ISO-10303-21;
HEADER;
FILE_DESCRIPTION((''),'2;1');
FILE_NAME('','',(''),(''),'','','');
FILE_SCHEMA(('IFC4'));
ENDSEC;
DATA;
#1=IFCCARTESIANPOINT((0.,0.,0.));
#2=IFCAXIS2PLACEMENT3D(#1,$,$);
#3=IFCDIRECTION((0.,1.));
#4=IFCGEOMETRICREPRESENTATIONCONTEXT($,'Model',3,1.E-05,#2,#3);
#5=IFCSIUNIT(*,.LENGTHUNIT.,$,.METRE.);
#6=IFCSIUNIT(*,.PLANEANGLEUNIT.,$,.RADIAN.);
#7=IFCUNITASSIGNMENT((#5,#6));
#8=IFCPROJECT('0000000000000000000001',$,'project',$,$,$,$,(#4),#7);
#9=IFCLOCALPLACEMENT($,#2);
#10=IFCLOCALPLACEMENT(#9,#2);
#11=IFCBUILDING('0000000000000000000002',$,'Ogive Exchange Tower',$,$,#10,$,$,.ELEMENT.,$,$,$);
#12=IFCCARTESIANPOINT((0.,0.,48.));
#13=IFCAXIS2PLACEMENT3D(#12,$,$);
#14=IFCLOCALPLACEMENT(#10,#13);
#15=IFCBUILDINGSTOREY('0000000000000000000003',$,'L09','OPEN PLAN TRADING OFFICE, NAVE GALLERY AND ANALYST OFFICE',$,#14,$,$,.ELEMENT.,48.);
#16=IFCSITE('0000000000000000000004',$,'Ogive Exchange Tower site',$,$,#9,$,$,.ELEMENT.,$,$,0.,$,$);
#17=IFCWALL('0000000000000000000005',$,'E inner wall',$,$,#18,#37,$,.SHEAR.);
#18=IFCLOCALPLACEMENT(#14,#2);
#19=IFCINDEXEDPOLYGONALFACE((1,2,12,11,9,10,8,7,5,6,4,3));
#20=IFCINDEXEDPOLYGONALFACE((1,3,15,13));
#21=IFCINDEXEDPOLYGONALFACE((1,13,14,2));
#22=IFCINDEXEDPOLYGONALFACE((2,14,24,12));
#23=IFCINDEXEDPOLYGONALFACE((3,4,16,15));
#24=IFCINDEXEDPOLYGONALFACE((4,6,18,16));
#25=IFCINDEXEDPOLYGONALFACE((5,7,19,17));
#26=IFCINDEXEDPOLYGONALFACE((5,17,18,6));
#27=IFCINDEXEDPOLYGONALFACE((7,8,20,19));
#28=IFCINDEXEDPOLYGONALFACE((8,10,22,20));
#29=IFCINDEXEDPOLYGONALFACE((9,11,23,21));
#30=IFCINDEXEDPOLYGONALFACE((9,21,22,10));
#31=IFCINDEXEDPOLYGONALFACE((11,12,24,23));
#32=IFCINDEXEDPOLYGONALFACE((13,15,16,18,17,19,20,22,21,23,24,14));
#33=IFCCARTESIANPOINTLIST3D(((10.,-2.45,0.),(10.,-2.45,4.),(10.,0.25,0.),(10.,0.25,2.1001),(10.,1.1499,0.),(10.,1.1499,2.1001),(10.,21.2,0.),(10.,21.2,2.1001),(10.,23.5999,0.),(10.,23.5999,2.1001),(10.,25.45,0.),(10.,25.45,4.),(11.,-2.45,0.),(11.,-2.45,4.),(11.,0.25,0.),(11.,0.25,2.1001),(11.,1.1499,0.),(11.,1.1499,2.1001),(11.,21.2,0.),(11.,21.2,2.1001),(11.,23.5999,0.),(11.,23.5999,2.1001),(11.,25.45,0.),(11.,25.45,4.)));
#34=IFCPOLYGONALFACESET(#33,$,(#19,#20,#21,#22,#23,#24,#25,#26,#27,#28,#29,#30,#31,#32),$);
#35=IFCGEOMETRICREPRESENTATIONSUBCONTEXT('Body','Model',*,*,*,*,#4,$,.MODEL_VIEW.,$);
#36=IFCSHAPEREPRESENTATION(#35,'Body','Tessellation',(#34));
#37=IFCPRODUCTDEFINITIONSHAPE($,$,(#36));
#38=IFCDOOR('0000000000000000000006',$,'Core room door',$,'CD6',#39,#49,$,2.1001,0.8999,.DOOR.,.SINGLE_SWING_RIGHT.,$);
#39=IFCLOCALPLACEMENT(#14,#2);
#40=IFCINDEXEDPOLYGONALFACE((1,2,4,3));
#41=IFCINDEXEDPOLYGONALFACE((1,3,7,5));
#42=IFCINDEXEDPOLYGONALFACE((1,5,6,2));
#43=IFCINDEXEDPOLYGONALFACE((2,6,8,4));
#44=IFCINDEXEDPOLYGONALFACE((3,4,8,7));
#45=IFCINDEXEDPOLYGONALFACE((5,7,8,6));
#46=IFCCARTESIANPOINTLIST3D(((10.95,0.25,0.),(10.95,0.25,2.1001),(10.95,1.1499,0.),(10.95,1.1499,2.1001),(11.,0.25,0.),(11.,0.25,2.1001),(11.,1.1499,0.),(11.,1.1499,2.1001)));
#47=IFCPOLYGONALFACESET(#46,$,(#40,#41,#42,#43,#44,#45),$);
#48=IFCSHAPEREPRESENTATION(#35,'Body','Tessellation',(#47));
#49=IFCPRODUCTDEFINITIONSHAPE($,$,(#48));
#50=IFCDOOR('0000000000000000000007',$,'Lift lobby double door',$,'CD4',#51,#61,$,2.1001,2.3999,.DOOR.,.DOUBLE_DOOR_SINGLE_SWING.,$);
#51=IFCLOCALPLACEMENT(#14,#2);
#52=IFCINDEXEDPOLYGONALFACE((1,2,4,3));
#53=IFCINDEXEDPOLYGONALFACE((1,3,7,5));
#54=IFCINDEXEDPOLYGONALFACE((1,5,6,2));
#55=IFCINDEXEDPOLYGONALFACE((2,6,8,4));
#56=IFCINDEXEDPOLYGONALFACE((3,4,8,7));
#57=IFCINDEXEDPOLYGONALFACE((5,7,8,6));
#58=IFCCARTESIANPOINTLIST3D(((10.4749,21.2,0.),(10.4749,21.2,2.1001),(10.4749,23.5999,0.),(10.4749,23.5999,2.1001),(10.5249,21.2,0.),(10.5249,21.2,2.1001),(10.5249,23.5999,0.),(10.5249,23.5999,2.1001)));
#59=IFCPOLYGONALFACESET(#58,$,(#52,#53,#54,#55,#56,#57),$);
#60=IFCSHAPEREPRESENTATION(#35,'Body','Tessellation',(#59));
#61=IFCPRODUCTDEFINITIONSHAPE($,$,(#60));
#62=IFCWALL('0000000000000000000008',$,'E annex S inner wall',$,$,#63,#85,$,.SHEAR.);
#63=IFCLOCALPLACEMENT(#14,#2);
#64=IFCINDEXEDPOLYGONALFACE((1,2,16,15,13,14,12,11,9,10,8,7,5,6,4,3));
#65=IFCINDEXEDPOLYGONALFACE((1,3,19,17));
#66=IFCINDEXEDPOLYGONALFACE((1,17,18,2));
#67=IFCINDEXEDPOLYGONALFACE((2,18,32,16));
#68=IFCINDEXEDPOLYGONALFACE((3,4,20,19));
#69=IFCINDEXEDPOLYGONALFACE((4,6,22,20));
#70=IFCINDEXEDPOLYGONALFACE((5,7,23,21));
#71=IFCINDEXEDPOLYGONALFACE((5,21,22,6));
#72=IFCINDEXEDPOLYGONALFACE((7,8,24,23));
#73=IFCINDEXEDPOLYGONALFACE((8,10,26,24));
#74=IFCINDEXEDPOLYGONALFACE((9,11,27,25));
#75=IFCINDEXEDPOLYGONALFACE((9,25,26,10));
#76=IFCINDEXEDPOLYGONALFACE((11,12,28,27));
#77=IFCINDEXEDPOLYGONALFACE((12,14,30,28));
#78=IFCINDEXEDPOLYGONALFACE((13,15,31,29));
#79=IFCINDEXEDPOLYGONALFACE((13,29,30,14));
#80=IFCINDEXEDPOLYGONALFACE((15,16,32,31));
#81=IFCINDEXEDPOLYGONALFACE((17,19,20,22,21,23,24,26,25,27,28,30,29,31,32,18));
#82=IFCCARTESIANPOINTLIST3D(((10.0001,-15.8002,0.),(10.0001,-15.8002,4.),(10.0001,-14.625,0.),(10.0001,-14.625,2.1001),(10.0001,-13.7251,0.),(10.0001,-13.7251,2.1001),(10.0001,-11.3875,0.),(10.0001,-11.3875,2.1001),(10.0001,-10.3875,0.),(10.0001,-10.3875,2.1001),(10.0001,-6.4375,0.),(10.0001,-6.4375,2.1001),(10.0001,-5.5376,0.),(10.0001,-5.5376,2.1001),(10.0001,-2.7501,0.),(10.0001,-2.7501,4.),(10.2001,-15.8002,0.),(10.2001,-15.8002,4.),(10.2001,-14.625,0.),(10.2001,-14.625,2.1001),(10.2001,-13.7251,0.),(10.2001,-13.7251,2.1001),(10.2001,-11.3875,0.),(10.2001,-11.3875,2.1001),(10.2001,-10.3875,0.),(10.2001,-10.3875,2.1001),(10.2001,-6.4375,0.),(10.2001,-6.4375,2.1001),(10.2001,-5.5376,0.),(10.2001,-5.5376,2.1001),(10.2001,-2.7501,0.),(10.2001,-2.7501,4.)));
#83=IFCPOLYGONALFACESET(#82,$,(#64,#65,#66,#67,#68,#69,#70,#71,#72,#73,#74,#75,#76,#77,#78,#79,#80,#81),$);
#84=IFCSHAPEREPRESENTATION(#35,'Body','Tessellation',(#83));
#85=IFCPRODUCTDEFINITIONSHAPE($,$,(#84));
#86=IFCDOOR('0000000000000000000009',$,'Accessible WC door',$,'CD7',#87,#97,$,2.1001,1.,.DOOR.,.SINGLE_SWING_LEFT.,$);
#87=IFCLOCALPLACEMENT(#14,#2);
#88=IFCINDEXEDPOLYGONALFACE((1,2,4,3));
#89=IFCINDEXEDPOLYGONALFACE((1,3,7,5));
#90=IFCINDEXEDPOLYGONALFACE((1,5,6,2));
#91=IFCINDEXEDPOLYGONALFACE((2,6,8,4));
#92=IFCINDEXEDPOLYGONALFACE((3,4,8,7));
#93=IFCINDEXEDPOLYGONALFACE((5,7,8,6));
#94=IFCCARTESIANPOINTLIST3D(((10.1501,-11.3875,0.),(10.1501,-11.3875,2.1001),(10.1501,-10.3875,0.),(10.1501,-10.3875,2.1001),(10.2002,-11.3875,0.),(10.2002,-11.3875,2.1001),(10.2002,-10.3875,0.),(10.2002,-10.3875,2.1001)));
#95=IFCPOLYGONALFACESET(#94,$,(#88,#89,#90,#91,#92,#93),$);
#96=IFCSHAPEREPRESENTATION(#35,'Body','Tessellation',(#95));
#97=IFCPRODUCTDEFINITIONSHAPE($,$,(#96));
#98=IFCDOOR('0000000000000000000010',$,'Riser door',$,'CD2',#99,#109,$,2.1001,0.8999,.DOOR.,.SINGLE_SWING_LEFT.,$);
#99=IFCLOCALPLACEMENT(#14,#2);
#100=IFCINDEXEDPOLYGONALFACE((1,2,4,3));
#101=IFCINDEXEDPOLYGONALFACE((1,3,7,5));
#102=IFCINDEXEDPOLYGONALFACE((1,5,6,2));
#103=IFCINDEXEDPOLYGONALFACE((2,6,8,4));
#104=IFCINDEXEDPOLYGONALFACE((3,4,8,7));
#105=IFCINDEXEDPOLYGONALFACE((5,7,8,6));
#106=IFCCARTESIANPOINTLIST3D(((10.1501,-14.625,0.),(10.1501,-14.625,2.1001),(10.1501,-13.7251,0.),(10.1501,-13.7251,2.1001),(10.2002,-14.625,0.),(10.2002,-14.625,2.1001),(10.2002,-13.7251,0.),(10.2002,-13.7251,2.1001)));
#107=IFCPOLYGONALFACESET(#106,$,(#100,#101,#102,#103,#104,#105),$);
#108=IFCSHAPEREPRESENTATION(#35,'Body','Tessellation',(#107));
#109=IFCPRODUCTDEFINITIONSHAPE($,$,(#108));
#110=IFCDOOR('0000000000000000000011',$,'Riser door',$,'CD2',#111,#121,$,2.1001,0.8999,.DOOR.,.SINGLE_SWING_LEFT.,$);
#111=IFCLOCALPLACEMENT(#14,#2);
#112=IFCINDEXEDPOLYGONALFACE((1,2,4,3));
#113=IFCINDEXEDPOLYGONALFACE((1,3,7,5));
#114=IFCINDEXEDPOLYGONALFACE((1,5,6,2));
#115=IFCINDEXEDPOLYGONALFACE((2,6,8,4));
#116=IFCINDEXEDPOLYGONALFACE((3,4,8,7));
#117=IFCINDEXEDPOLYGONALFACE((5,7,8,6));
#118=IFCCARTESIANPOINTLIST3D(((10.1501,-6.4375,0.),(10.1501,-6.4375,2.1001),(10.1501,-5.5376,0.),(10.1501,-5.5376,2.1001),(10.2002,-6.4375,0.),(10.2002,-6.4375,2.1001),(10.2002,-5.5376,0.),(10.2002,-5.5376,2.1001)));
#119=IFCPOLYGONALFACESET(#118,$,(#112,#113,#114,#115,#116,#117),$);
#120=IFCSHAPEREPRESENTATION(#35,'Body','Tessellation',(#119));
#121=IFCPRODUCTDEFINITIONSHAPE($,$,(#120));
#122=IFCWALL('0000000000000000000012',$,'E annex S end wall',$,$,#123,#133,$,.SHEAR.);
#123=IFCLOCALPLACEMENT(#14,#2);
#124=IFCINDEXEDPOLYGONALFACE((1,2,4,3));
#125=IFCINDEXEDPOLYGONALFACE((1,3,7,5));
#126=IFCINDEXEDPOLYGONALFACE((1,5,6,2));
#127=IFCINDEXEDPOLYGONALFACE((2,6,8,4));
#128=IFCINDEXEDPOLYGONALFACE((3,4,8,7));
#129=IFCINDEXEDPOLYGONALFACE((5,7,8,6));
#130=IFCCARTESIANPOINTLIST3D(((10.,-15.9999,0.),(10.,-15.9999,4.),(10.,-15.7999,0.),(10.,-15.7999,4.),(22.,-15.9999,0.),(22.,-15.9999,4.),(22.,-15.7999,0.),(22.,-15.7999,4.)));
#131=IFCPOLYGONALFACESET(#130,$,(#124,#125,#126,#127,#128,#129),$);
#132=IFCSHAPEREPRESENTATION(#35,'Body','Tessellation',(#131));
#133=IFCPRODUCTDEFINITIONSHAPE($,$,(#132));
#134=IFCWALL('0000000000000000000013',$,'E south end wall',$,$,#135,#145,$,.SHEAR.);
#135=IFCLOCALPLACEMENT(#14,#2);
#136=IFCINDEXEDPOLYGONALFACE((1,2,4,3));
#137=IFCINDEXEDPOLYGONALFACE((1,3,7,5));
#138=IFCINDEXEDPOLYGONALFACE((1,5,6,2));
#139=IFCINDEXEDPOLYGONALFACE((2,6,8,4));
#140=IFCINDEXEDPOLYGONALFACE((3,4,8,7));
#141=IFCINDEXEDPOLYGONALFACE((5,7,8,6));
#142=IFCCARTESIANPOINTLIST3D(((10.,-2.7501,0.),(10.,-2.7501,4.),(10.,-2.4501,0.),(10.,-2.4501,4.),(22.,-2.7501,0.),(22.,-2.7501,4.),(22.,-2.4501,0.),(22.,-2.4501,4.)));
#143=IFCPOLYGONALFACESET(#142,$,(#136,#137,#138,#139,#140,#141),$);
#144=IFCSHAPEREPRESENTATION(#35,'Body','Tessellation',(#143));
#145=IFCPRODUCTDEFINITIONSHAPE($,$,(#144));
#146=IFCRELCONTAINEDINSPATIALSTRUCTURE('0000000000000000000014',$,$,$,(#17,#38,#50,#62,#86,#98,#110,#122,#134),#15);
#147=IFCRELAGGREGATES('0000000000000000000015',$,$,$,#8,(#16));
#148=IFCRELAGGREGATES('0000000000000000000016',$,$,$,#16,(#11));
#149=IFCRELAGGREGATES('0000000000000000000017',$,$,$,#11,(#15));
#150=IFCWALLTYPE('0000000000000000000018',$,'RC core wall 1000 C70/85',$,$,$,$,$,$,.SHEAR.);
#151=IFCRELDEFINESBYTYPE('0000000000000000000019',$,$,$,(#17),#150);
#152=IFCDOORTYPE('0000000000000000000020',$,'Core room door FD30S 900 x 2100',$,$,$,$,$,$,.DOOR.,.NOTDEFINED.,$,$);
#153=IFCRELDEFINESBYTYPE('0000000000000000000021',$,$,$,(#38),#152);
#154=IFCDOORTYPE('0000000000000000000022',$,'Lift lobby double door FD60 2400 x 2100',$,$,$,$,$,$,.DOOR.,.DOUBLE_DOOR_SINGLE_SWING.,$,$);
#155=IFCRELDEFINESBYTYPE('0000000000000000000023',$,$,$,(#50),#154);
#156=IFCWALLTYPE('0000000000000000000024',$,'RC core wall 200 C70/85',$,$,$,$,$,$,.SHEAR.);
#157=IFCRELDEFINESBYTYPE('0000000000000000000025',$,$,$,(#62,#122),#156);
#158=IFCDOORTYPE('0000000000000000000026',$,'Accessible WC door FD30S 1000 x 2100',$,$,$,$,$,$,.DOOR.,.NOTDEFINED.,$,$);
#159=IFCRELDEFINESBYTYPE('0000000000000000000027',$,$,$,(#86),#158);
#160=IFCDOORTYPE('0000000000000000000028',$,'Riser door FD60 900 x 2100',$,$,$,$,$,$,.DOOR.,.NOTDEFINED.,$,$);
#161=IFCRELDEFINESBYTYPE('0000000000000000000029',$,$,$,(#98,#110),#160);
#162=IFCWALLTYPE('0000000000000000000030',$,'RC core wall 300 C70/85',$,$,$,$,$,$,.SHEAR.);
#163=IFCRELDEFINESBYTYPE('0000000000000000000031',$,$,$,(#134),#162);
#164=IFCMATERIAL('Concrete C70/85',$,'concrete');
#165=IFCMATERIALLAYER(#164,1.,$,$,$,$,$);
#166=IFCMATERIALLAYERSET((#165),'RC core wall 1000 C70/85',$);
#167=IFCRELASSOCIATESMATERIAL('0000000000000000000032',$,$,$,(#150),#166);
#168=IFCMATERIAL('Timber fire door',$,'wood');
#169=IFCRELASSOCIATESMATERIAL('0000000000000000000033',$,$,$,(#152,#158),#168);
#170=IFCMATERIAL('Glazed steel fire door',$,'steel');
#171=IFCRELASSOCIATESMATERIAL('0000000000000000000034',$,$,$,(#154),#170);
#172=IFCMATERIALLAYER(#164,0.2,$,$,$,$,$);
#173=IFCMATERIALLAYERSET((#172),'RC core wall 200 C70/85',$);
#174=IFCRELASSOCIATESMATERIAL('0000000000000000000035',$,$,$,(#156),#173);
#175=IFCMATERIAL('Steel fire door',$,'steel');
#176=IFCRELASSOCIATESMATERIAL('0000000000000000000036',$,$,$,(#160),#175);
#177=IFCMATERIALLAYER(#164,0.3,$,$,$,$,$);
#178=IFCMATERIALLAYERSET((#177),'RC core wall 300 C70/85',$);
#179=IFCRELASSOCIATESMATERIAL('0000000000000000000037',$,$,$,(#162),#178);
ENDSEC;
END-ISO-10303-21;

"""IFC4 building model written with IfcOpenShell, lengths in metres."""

from ifc_helpers import new_model, si_unit, direction, frame, frame_2d, origin, place, context, subcontext, project, spatial, rectangle, extrude, material, layer, layer_set, type_object, element, fill, save


model = new_model("IFC4")

# Units and contexts
model_context = context("Model", 3, precision=1e-05, world=origin(), true_north=direction((0.0, 1.0)))
body_context = subcontext(model_context, "Body", "Model", "MODEL_VIEW")
ifc_project = project(units=[si_unit("LENGTHUNIT", "METRE"), si_unit("PLANEANGLEUNIT", "RADIAN")], contexts=[model_context])

# Site, building, storey
site_placement = place(None, origin())
site = spatial("IfcSite", under=ifc_project, at=site_placement, Name="Ogive Exchange Tower site", CompositionType="ELEMENT", RefElevation=0.0)
building_placement = place(site_placement, origin())
building = spatial("IfcBuilding", under=site, at=building_placement, Name="Ogive Exchange Tower", CompositionType="ELEMENT")
storey_placement = place(building_placement, frame((0.0, 0.0, 48.0)))
storey = spatial("IfcBuildingStorey", under=building, at=storey_placement, Name="L09", Description="OPEN PLAN TRADING OFFICE, NAVE GALLERY AND ANALYST OFFICE", CompositionType="ELEMENT", Elevation=48.0)

# Shared definitions
ifc_material_1 = material(Name="Concrete C70/85", Category="concrete")

# Walls, openings, doors
ifc_layer_1 = layer(ifc_material_1, 1.0)
ifc_layer_set_1 = layer_set([ifc_layer_1], Name="RC core wall 1000 C70/85")
wall_type_1 = type_object("IfcWallType", Name="RC core wall 1000 C70/85", PredefinedType="SHEAR", material=ifc_layer_set_1)
wall_1_placement = place(storey_placement, frame((10.5, -2.45, 0.0), z_axis=(0.0, 0.0, 1.0), x_axis=(0.0, 1.0, 0.0)))
wall_1 = element("IfcWall", 1, at=wall_1_placement, inside=storey, type_object=wall_type_1, Name="E inner wall", PredefinedType="SHEAR", context=body_context, shape_type="SweptSolid", body=[
    extrude(rectangle(XDim=27.8999, YDim=1.0, at=frame_2d((13.95, 0.0))), origin(), (0.0, 0.0, 1.0), 4.0),
])
opening_1_placement = place(wall_1_placement, frame((23.6499, 0.0, 0.0)))
opening_1 = element("IfcOpeningElement", 2, at=opening_1_placement, cuts=wall_1, PredefinedType="OPENING", context=body_context, shape_type="SweptSolid", body=[
    extrude(rectangle(XDim=2.3999, YDim=2.1001, at=frame_2d((1.2, 1.05))), frame((0.0, 0.51, 0.0), z_axis=(0.0, -1.0, 0.0), x_axis=(1.0, 0.0, 0.0)), (0.0, 0.0, 1.0), 1.02),
])
opening_2_placement = place(wall_1_placement, frame((2.7, 0.0, 0.0)))
opening_2 = element("IfcOpeningElement", 3, at=opening_2_placement, cuts=wall_1, PredefinedType="OPENING", context=body_context, shape_type="SweptSolid", body=[
    extrude(rectangle(XDim=0.8999, YDim=2.1001, at=frame_2d((0.45, 1.05))), frame((0.0, 0.51, 0.0), z_axis=(0.0, -1.0, 0.0), x_axis=(1.0, 0.0, 0.0)), (0.0, 0.0, 1.0), 1.02),
])
ifc_material_2 = material(Name="Timber fire door", Category="wood")
door_type_1 = type_object("IfcDoorType", Name="Core room door FD30S 900 x 2100", OperationType="NOTDEFINED", PredefinedType="DOOR", material=ifc_material_2)
door_1_placement = place(opening_2_placement, frame((0.8999, -0.9502, 0.0), z_axis=(0.0, 0.0, 1.0), x_axis=(-1.0, 0.0, 0.0)))
door_1 = element("IfcDoor", 4, at=door_1_placement, inside=storey, type_object=door_type_1, Name="Core room door", ObjectType="CD6", OperationType="SINGLE_SWING_RIGHT", OverallHeight=2.1001, OverallWidth=0.8999, PredefinedType="DOOR", context=body_context, shape_type="SweptSolid", body=[
    extrude(rectangle(XDim=0.8999, YDim=2.1001, at=frame_2d((0.45, 1.05))), frame((0.0, -0.4502, 0.0), z_axis=(0.0, -1.0, 0.0), x_axis=(1.0, 0.0, 0.0)), (0.0, 0.0, 1.0), 0.05),
])
fill(opening_2, door_1)
ifc_material_3 = material(Name="Glazed steel fire door", Category="steel")
door_type_2 = type_object("IfcDoorType", Name="Lift lobby double door FD60 2400 x 2100", OperationType="DOUBLE_DOOR_SINGLE_SWING", PredefinedType="DOOR", material=ifc_material_3)
door_2_placement = place(opening_1_placement, frame((2.3999, 0.0, 0.0), z_axis=(0.0, 0.0, 1.0), x_axis=(-1.0, 0.0, 0.0)))
door_2 = element("IfcDoor", 5, at=door_2_placement, inside=storey, type_object=door_type_2, Name="Lift lobby double door", ObjectType="CD4", OperationType="DOUBLE_DOOR_SINGLE_SWING", OverallHeight=2.1001, OverallWidth=2.3999, PredefinedType="DOOR", context=body_context, shape_type="SweptSolid", body=[
    extrude(rectangle(XDim=2.3999, YDim=2.1001, at=frame_2d((1.2, 1.05))), frame((0.0, 0.0249, 0.0), z_axis=(0.0, -1.0, 0.0), x_axis=(1.0, 0.0, 0.0)), (0.0, 0.0, 1.0), 0.05),
])
fill(opening_1, door_2)
ifc_layer_2 = layer(ifc_material_1, 0.2)
ifc_layer_set_2 = layer_set([ifc_layer_2], Name="RC core wall 200 C70/85")
wall_type_2 = type_object("IfcWallType", Name="RC core wall 200 C70/85", PredefinedType="SHEAR", material=ifc_layer_set_2)
wall_2_placement = place(storey_placement, frame((10.1001, -15.8, 0.0), z_axis=(0.0, 0.0, 1.0), x_axis=(0.0, 1.0, 0.0)))
wall_2 = element("IfcWall", 6, at=wall_2_placement, inside=storey, type_object=wall_type_2, Name="E annex S inner wall", PredefinedType="SHEAR", context=body_context, shape_type="SweptSolid", body=[
    extrude(rectangle(XDim=13.05, YDim=0.2, at=frame_2d((6.5249, 0.0))), origin(), (0.0, 0.0, 1.0), 4.0),
])
opening_3_placement = place(wall_2_placement, frame((1.175, 0.0, 0.0)))
opening_3 = element("IfcOpeningElement", 7, at=opening_3_placement, cuts=wall_2, PredefinedType="OPENING", context=body_context, shape_type="SweptSolid", body=[
    extrude(rectangle(XDim=0.8999, YDim=2.1001, at=frame_2d((0.45, 1.05))), frame((0.0, 0.1099, 0.0), z_axis=(0.0, -1.0, 0.0), x_axis=(1.0, 0.0, 0.0)), (0.0, 0.0, 1.0), 0.22),
])
opening_4_placement = place(wall_2_placement, frame((4.4126, 0.0, 0.0)))
opening_4 = element("IfcOpeningElement", 8, at=opening_4_placement, cuts=wall_2, PredefinedType="OPENING", context=body_context, shape_type="SweptSolid", body=[
    extrude(rectangle(XDim=1.0, YDim=2.1001, at=frame_2d((0.5, 1.05))), frame((0.0, 0.1099, 0.0), z_axis=(0.0, -1.0, 0.0), x_axis=(1.0, 0.0, 0.0)), (0.0, 0.0, 1.0), 0.22),
])
opening_5_placement = place(wall_2_placement, frame((9.3625, 0.0, 0.0)))
opening_5 = element("IfcOpeningElement", 9, at=opening_5_placement, cuts=wall_2, PredefinedType="OPENING", context=body_context, shape_type="SweptSolid", body=[
    extrude(rectangle(XDim=0.8999, YDim=2.1001, at=frame_2d((0.45, 1.05))), frame((0.0, 0.1099, 0.0), z_axis=(0.0, -1.0, 0.0), x_axis=(1.0, 0.0, 0.0)), (0.0, 0.0, 1.0), 0.22),
])
door_type_3 = type_object("IfcDoorType", Name="Accessible WC door FD30S 1000 x 2100", OperationType="NOTDEFINED", PredefinedType="DOOR", material=ifc_material_2)
door_3_placement = place(opening_4_placement, frame((1.0, -0.1499, 0.0), z_axis=(0.0, 0.0, 1.0), x_axis=(-1.0, 0.0, 0.0)))
door_3 = element("IfcDoor", 10, at=door_3_placement, inside=storey, type_object=door_type_3, Name="Accessible WC door", ObjectType="CD7", OperationType="SINGLE_SWING_LEFT", OverallHeight=2.1001, OverallWidth=1.0, PredefinedType="DOOR", context=body_context, shape_type="SweptSolid", body=[
    extrude(rectangle(XDim=1.0, YDim=2.1001, at=frame_2d((0.5, 1.05))), frame((0.0, -0.0498, 0.0), z_axis=(0.0, -1.0, 0.0), x_axis=(1.0, 0.0, 0.0)), (0.0, 0.0, 1.0), 0.05),
])
fill(opening_4, door_3)
ifc_material_4 = material(Name="Steel fire door", Category="steel")
door_type_4 = type_object("IfcDoorType", Name="Riser door FD60 900 x 2100", OperationType="NOTDEFINED", PredefinedType="DOOR", material=ifc_material_4)
door_4_placement = place(opening_3_placement, frame((0.8999, -0.1499, 0.0), z_axis=(0.0, 0.0, 1.0), x_axis=(-1.0, 0.0, 0.0)))
door_4 = element("IfcDoor", 11, at=door_4_placement, inside=storey, type_object=door_type_4, Name="Riser door", ObjectType="CD2", OperationType="SINGLE_SWING_LEFT", OverallHeight=2.1001, OverallWidth=0.8999, PredefinedType="DOOR", context=body_context, shape_type="SweptSolid", body=[
    extrude(rectangle(XDim=0.8999, YDim=2.1001, at=frame_2d((0.45, 1.05))), frame((0.0, -0.0498, 0.0), z_axis=(0.0, -1.0, 0.0), x_axis=(1.0, 0.0, 0.0)), (0.0, 0.0, 1.0), 0.05),
])
fill(opening_3, door_4)
door_5_placement = place(opening_5_placement, frame((0.8999, -0.1499, 0.0), z_axis=(0.0, 0.0, 1.0), x_axis=(-1.0, 0.0, 0.0)))
door_5 = element("IfcDoor", 12, at=door_5_placement, inside=storey, type_object=door_type_4, Name="Riser door", ObjectType="CD2", OperationType="SINGLE_SWING_LEFT", OverallHeight=2.1001, OverallWidth=0.8999, PredefinedType="DOOR", context=body_context, shape_type="SweptSolid", body=[
    extrude(rectangle(XDim=0.8999, YDim=2.1001, at=frame_2d((0.45, 1.05))), frame((0.0, -0.0498, 0.0), z_axis=(0.0, -1.0, 0.0), x_axis=(1.0, 0.0, 0.0)), (0.0, 0.0, 1.0), 0.05),
])
fill(opening_5, door_5)

# Walls
wall_3_placement = place(storey_placement, frame((10.0, -15.8999, 0.0), z_axis=(0.0, 0.0, 1.0), x_axis=(1.0, 0.0, 0.0)))
element("IfcWall", 13, at=wall_3_placement, inside=storey, type_object=wall_type_2, Name="E annex S end wall", PredefinedType="SHEAR", context=body_context, shape_type="SweptSolid", body=[
    extrude(rectangle(XDim=12.0, YDim=0.2, at=frame_2d((6.0, 0.0))), origin(), (0.0, 0.0, 1.0), 4.0),
])
ifc_layer_3 = layer(ifc_material_1, 0.3)
ifc_layer_set_3 = layer_set([ifc_layer_3], Name="RC core wall 300 C70/85")
wall_type_3 = type_object("IfcWallType", Name="RC core wall 300 C70/85", PredefinedType="SHEAR", material=ifc_layer_set_3)
wall_4_placement = place(storey_placement, frame((10.0, -2.6001, 0.0), z_axis=(0.0, 0.0, 1.0), x_axis=(1.0, 0.0, 0.0)))
element("IfcWall", 14, at=wall_4_placement, inside=storey, type_object=wall_type_3, Name="E south end wall", PredefinedType="SHEAR", context=body_context, shape_type="SweptSolid", body=[
    extrude(rectangle(XDim=12.0, YDim=0.3, at=frame_2d((6.0, 0.0))), origin(), (0.0, 0.0, 1.0), 4.0),
])

save(model, "model.ifc")
